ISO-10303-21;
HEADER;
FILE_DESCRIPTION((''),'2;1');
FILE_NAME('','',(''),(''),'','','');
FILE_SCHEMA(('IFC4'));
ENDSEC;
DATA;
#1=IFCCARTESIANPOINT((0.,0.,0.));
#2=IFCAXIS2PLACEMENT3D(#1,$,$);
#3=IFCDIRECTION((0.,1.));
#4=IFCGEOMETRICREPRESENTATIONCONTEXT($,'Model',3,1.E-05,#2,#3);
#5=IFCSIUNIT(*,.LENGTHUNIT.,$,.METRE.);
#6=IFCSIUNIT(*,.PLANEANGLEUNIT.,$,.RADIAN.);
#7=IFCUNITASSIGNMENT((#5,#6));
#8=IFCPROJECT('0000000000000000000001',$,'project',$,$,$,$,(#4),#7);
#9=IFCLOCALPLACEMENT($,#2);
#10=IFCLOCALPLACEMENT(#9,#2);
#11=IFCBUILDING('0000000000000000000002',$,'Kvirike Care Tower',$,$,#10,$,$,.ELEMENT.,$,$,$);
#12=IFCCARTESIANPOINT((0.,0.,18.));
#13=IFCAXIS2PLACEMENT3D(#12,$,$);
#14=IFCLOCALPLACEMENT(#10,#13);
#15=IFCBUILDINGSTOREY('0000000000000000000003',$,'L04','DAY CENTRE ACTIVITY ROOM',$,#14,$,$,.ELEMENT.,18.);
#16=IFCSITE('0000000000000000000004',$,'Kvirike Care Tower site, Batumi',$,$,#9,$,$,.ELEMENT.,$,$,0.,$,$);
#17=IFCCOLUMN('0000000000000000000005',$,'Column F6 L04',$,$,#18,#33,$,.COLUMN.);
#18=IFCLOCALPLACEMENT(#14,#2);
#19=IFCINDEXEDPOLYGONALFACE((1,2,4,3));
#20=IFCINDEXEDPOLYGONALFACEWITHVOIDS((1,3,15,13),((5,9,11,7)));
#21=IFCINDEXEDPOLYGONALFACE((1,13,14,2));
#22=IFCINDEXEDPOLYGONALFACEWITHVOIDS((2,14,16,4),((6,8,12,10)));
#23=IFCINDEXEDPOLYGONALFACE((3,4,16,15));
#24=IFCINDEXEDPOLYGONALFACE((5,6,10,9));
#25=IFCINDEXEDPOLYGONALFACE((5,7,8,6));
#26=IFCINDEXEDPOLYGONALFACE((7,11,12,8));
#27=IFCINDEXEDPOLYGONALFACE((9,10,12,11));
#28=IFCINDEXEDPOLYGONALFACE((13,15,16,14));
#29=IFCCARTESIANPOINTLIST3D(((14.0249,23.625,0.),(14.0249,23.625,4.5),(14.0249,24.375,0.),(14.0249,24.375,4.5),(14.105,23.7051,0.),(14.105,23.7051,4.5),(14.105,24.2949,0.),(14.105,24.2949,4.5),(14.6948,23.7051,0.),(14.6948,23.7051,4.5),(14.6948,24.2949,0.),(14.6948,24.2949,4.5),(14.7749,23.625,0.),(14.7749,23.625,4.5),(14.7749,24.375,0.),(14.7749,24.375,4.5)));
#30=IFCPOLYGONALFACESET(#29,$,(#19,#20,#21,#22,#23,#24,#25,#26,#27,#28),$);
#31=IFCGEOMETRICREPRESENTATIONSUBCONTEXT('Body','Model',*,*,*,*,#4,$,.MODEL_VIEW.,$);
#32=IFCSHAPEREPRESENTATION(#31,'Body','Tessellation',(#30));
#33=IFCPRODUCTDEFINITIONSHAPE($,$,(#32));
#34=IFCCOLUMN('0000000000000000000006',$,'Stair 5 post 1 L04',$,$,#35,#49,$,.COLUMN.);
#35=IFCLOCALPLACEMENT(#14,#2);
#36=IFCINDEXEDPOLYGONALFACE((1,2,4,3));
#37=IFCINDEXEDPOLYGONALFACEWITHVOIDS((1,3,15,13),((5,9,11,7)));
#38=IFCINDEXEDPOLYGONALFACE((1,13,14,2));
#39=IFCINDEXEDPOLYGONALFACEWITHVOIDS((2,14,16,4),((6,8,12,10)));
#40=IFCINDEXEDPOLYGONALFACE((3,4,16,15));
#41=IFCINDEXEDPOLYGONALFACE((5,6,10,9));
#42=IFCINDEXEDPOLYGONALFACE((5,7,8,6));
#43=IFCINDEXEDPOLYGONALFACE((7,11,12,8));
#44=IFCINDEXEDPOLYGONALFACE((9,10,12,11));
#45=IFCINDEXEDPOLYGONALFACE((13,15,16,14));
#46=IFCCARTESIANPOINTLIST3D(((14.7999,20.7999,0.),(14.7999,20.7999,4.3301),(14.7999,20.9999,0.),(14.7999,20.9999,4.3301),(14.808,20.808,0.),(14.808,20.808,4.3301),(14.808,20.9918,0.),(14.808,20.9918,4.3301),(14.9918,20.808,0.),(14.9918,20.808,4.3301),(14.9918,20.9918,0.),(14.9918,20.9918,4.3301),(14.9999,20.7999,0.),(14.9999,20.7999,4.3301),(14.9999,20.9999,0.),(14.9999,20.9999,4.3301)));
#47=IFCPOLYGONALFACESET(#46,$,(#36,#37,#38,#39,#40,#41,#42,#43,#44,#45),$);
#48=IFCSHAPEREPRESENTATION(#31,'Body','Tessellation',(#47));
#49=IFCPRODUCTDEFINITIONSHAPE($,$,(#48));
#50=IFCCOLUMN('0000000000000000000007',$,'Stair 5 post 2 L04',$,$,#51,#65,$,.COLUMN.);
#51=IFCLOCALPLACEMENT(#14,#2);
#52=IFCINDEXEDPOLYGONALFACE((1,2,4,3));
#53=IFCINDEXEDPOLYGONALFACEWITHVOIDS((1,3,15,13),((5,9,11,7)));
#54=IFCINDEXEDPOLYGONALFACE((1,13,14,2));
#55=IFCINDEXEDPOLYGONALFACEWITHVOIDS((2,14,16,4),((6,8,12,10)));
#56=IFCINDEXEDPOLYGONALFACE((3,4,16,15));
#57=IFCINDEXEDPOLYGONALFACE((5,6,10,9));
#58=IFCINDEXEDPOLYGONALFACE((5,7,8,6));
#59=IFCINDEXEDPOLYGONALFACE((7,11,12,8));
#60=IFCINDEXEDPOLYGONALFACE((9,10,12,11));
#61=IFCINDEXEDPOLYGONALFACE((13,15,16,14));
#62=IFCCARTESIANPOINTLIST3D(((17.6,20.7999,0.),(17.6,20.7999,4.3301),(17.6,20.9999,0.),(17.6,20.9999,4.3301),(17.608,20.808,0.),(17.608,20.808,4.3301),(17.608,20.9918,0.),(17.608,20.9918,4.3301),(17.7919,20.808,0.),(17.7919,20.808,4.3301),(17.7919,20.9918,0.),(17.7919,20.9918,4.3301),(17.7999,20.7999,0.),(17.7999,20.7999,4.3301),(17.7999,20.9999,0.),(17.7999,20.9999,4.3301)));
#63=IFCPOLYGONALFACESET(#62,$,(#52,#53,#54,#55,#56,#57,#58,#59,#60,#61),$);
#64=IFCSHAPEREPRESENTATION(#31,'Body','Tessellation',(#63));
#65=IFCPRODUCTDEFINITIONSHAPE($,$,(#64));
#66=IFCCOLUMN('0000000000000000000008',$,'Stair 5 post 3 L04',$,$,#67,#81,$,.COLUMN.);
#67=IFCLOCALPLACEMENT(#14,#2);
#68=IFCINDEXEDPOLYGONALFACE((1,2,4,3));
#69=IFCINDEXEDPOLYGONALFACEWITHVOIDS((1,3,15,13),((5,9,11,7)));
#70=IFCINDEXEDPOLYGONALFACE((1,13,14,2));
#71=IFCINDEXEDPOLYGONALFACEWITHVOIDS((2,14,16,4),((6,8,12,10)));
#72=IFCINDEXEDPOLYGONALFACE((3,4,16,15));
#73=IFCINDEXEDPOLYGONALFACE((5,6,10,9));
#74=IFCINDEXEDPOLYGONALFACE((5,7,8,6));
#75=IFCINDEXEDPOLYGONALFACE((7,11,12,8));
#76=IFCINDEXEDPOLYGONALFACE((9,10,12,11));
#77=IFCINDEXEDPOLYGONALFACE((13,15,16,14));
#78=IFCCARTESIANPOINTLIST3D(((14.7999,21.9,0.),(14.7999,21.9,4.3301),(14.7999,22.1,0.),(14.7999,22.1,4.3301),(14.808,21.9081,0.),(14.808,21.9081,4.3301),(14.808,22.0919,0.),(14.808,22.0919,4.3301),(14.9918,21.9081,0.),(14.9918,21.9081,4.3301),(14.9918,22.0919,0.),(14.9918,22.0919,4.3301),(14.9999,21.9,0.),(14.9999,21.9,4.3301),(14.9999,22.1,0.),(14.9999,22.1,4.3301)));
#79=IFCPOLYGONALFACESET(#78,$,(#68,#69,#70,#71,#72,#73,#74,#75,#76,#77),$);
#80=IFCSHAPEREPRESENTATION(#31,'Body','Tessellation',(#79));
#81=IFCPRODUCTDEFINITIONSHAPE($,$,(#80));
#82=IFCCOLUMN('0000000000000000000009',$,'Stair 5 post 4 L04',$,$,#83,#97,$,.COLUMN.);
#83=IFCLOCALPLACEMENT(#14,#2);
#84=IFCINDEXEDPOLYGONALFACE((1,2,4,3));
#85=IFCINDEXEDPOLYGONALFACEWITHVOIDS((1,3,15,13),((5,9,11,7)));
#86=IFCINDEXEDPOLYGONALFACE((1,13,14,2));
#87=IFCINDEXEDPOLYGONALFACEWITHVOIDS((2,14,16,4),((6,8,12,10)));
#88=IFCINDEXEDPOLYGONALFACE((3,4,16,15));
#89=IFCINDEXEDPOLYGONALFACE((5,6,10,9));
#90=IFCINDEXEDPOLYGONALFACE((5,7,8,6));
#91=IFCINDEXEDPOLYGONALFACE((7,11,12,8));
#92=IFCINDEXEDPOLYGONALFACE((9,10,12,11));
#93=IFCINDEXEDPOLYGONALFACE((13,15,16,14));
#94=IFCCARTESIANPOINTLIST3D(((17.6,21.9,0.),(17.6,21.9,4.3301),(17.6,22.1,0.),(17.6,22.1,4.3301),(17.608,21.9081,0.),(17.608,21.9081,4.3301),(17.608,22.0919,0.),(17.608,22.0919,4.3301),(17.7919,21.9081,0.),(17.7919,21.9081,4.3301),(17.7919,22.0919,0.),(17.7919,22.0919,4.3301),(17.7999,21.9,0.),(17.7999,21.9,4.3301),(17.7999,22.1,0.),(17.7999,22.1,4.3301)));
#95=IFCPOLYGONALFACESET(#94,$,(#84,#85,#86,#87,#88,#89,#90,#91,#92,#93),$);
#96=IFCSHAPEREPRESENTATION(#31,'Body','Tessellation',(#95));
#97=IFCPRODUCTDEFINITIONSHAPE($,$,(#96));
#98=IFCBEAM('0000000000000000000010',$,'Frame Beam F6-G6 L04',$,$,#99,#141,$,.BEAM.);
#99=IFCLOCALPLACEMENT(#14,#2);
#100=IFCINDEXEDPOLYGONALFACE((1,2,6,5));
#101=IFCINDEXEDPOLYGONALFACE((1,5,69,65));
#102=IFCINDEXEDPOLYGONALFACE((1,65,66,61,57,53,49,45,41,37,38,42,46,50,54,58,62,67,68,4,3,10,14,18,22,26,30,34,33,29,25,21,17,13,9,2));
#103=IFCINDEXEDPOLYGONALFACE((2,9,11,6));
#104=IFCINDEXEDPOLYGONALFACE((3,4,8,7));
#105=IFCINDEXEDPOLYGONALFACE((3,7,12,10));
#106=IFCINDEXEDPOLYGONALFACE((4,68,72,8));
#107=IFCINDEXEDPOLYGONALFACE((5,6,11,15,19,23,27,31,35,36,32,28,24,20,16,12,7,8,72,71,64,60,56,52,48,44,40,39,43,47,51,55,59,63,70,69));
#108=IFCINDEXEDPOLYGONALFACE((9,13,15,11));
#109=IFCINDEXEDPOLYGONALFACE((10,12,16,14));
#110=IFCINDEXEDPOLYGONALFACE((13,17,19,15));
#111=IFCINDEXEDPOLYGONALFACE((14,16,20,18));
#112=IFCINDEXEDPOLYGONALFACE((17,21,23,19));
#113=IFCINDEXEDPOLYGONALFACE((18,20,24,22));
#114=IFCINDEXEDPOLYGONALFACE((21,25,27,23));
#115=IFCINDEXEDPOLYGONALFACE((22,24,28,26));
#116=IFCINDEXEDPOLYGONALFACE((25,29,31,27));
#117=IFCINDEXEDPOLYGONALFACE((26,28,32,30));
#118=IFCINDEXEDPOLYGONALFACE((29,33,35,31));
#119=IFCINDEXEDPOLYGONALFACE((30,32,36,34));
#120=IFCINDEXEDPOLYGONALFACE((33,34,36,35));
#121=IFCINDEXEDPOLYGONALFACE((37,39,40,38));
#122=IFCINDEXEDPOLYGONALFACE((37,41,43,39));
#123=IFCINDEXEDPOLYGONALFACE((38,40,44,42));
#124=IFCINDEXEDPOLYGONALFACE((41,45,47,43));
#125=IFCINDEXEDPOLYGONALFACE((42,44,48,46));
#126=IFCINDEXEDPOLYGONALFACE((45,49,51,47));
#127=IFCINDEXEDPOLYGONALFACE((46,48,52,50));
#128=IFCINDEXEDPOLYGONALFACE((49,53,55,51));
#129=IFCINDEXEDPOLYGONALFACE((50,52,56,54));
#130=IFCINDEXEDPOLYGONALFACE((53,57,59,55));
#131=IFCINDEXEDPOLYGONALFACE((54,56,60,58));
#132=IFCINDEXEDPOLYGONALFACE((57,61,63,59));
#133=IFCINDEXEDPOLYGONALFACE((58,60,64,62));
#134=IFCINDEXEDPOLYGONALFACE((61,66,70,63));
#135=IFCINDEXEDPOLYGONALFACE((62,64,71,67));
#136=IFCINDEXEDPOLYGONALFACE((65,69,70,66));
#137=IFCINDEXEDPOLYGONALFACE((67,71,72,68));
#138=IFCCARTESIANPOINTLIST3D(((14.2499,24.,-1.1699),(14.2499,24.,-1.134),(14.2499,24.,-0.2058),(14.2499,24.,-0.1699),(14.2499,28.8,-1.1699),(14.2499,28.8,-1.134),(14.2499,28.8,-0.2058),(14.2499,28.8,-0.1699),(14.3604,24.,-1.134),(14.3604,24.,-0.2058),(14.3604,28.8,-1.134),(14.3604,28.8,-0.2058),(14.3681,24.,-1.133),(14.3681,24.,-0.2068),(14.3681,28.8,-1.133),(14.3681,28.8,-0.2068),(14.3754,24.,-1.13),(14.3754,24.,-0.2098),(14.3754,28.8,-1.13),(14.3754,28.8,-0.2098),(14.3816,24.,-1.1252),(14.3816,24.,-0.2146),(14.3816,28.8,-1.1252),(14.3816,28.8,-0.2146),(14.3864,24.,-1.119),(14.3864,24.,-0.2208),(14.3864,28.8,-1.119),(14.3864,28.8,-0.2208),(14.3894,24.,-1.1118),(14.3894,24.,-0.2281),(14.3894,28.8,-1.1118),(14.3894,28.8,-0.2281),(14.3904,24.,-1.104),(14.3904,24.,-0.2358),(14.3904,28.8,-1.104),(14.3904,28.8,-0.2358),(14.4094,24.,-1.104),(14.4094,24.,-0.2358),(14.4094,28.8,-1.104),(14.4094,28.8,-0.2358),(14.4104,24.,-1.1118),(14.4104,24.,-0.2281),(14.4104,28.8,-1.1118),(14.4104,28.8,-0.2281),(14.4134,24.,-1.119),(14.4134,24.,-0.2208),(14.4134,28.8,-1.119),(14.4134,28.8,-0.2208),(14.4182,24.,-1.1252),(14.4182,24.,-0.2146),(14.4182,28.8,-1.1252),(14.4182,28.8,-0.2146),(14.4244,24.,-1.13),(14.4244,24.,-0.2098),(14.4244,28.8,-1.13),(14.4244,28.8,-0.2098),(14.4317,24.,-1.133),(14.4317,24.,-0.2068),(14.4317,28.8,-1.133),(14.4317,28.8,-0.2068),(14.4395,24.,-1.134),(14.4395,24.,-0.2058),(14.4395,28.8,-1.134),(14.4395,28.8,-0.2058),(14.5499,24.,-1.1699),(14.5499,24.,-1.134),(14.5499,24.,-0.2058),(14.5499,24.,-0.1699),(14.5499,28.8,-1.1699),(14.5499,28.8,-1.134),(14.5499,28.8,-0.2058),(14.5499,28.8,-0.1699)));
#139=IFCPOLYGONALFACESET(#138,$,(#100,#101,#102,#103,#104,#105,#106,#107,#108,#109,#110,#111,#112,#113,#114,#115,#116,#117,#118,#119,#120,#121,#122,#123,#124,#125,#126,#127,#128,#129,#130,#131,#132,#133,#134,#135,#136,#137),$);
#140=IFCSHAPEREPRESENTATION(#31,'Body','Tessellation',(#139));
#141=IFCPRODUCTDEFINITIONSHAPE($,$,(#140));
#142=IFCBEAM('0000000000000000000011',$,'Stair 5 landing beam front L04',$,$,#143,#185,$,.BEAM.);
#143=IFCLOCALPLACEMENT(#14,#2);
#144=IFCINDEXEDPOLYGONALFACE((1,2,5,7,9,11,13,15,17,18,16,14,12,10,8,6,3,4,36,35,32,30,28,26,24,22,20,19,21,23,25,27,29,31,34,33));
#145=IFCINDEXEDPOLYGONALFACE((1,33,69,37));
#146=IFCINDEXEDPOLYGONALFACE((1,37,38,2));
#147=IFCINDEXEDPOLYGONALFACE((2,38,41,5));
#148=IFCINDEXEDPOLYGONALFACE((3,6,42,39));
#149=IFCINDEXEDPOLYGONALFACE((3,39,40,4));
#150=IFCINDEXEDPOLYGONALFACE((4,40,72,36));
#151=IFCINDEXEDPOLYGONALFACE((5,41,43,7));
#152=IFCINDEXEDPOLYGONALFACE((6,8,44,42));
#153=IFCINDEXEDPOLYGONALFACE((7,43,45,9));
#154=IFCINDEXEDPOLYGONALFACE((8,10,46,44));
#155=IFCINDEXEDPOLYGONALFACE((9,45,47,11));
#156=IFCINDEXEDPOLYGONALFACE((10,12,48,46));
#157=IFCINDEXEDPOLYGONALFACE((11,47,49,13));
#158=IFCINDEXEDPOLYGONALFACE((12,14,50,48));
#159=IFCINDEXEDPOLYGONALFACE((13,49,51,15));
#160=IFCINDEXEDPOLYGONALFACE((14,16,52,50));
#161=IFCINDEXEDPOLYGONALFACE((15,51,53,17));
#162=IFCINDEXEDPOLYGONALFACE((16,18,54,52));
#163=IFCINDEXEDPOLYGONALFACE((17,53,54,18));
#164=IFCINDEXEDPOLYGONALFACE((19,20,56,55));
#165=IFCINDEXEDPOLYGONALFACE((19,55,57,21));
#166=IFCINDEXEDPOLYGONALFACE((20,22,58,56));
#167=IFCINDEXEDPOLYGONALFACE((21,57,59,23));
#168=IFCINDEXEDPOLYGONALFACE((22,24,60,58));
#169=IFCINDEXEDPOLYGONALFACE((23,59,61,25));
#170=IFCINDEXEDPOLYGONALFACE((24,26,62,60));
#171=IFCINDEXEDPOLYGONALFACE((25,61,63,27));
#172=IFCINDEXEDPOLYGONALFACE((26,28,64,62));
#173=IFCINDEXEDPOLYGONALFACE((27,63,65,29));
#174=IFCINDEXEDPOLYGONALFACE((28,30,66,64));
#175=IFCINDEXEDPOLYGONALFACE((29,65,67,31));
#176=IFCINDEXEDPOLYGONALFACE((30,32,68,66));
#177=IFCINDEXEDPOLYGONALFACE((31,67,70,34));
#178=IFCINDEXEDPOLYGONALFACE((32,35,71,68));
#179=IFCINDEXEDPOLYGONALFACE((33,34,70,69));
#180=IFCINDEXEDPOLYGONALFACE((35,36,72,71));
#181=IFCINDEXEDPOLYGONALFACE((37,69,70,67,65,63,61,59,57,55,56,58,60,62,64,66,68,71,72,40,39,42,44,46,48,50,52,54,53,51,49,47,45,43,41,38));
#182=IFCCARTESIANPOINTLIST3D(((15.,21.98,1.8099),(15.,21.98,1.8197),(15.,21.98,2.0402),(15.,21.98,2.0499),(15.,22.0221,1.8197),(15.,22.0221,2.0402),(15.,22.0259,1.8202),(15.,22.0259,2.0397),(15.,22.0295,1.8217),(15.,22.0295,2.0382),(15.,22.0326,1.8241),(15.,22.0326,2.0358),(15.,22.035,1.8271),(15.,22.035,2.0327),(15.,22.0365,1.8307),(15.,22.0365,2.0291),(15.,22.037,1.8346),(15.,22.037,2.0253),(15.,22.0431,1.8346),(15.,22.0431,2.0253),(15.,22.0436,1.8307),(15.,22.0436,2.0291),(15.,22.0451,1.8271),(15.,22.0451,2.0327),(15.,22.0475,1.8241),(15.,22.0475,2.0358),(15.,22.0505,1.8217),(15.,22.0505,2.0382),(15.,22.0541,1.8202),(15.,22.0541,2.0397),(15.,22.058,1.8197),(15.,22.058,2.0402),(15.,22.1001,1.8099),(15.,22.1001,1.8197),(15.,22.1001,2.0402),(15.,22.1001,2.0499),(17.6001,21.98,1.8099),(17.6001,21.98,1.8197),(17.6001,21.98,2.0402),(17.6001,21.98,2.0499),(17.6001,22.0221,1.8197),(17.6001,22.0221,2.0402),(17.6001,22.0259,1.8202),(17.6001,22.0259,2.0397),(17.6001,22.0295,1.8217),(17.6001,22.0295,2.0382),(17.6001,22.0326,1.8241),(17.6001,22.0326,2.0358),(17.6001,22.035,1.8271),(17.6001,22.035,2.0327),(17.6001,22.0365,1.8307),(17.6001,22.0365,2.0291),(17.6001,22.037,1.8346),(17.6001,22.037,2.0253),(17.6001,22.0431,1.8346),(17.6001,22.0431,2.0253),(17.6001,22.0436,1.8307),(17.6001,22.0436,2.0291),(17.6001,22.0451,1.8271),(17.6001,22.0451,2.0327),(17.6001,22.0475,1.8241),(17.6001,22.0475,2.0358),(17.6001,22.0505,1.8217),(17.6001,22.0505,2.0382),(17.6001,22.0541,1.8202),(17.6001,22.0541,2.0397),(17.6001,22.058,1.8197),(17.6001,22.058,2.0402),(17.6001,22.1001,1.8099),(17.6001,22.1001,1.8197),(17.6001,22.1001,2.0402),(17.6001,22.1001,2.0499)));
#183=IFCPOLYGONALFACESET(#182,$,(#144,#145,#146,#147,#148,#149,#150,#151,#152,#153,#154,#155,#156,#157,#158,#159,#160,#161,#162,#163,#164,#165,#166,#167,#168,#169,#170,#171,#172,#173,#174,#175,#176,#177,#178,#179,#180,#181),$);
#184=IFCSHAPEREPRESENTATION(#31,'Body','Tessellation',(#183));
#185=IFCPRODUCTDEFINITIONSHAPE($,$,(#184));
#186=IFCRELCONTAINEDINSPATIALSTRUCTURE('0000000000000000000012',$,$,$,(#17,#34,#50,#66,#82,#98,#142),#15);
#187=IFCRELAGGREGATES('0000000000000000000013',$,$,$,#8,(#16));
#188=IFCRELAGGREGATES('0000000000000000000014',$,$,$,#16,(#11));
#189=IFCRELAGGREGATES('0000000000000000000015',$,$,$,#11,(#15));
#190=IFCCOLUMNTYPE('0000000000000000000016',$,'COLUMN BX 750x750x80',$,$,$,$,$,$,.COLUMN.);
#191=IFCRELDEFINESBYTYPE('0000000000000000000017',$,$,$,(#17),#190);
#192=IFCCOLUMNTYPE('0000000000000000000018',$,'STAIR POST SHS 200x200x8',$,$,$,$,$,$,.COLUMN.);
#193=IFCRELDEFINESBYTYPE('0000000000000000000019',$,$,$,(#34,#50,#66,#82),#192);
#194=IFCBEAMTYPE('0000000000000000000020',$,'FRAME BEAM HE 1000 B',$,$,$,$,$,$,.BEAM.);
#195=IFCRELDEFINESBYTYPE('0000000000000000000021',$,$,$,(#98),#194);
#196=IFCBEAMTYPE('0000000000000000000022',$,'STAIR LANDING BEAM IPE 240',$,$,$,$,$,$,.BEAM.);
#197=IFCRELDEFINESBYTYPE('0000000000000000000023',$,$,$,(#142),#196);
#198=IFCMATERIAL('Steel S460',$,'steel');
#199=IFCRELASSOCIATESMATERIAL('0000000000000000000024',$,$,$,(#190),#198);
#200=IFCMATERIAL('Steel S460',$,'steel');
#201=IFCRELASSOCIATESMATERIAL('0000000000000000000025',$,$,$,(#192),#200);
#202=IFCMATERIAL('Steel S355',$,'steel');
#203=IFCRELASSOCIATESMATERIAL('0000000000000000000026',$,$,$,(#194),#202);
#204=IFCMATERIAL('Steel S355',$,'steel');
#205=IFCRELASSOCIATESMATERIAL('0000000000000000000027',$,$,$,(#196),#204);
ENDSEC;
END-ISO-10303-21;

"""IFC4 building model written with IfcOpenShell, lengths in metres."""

from ifc_helpers import new_model, si_unit, direction, frame, origin, origin_2d, place, context, subcontext, project, spatial, hollow_rectangle, i_section, extrude, material, material_profile, profile_set, type_object, element, save


model = new_model("IFC4")

# Units and contexts
model_context = context("Model", 3, precision=1e-05, world=origin(), true_north=direction((0.0, 1.0)))
body_context = subcontext(model_context, "Body", "Model", "MODEL_VIEW")
ifc_project = project(units=[si_unit("LENGTHUNIT", "METRE"), si_unit("PLANEANGLEUNIT", "RADIAN")], contexts=[model_context])

# Site, building, storey
site_placement = place(None, origin())
site = spatial("IfcSite", under=ifc_project, at=site_placement, Name="Kvirike Care Tower site, Batumi", CompositionType="ELEMENT", RefElevation=0.0)
building_placement = place(site_placement, origin())
building = spatial("IfcBuilding", under=site, at=building_placement, Name="Kvirike Care Tower", CompositionType="ELEMENT")
storey_placement = place(building_placement, frame((0.0, 0.0, 18.0)))
storey = spatial("IfcBuildingStorey", under=building, at=storey_placement, Name="L04", Description="DAY CENTRE ACTIVITY ROOM", CompositionType="ELEMENT", Elevation=18.0)

# Columns
ifc_material_1 = material(Name="Steel S460", Category="steel")
ifc_material_profile_1 = material_profile(ifc_material_1, hollow_rectangle(XDim=0.75, YDim=0.75, WallThickness=0.0801, at=origin_2d()), Name="BX 750x750x80")
ifc_profile_set_1 = profile_set([ifc_material_profile_1], Name="Steel S460")
column_type_1 = type_object("IfcColumnType", Name="COLUMN BX 750x750x80", PredefinedType="COLUMN", material=ifc_profile_set_1)
column_placement = place(storey_placement, frame((14.3999, 24.0, 0.0), z_axis=(0.0, 0.0, 1.0), x_axis=(1.0, 0.0, 0.0)))
element("IfcColumn", 1, at=column_placement, inside=storey, type_object=column_type_1, Name="Column F6 L04", PredefinedType="COLUMN", context=body_context, shape_type="SweptSolid", body=[
    extrude(hollow_rectangle(XDim=0.75, YDim=0.75, WallThickness=0.0801, at=origin_2d()), origin(), (0.0, 0.0, 1.0), 4.5),
])
ifc_material_2 = material(Name="Steel S460", Category="steel")
ifc_material_profile_2 = material_profile(ifc_material_2, hollow_rectangle(XDim=0.2, YDim=0.2, WallThickness=0.0081, at=origin_2d()), Name="SHS 200x200x8")
ifc_profile_set_2 = profile_set([ifc_material_profile_2], Name="Steel S460")
column_type_2 = type_object("IfcColumnType", Name="STAIR POST SHS 200x200x8", PredefinedType="COLUMN", material=ifc_profile_set_2)
for number, where, z_axis, x_axis, name in (
    (2, (14.8999, 20.8999, 0.0), (0.0, 0.0, 1.0), (1.0, 0.0, 0.0), "Stair 5 post 1 L04"),
    (3, (17.7, 20.8999, 0.0), (0.0, 0.0, 1.0), (1.0, 0.0, 0.0), "Stair 5 post 2 L04"),
    (4, (14.8999, 22.0, 0.0), (0.0, 0.0, 1.0), (1.0, 0.0, 0.0), "Stair 5 post 3 L04"),
    (5, (17.7, 22.0, 0.0), (0.0, 0.0, 1.0), (1.0, 0.0, 0.0), "Stair 5 post 4 L04"),
):
    element("IfcColumn", number, at=place(storey_placement, frame(where, z_axis=z_axis, x_axis=x_axis)), inside=storey, type_object=column_type_2, Name=name, PredefinedType="COLUMN", context=body_context, shape_type="SweptSolid", body=[
        extrude(hollow_rectangle(XDim=0.2, YDim=0.2, WallThickness=0.0081, at=origin_2d()), origin(), (0.0, 0.0, 1.0), 4.3301),
    ])

# Beams
ifc_material_3 = material(Name="Steel S355", Category="steel")
ifc_material_profile_3 = material_profile(ifc_material_3, i_section(OverallWidth=0.3, OverallDepth=1.0, WebThickness=0.019, FlangeThickness=0.0359, FilletRadius=0.03, at=origin_2d()), Name="HE 1000 B")
ifc_profile_set_3 = profile_set([ifc_material_profile_3], Name="Steel S355")
beam_type_1 = type_object("IfcBeamType", Name="FRAME BEAM HE 1000 B", PredefinedType="BEAM", material=ifc_profile_set_3)
beam_1_placement = place(storey_placement, frame((14.3999, 24.0, -0.6699), z_axis=(0.0, 1.0, 0.0), x_axis=(-1.0, 0.0, 0.0)))
element("IfcBeam", 6, at=beam_1_placement, inside=storey, type_object=beam_type_1, Name="Frame Beam F6-G6 L04", PredefinedType="BEAM", context=body_context, shape_type="SweptSolid", body=[
    extrude(i_section(OverallWidth=0.3, OverallDepth=1.0, WebThickness=0.019, FlangeThickness=0.0359, FilletRadius=0.03, at=origin_2d()), origin(), (0.0, 0.0, 1.0), 4.8),
])
ifc_material_4 = material(Name="Steel S355", Category="steel")
ifc_material_profile_4 = material_profile(ifc_material_4, i_section(OverallWidth=0.1201, OverallDepth=0.24, WebThickness=0.0061, FlangeThickness=0.0098, FilletRadius=0.0149, at=origin_2d()), Name="IPE 240")
ifc_profile_set_4 = profile_set([ifc_material_profile_4], Name="Steel S355")
beam_type_2 = type_object("IfcBeamType", Name="STAIR LANDING BEAM IPE 240", PredefinedType="BEAM", material=ifc_profile_set_4)
beam_2_placement = place(storey_placement, frame((15.0, 22.04, 1.9299), z_axis=(1.0, 0.0, 0.0), x_axis=(0.0, 1.0, 0.0)))
element("IfcBeam", 7, at=beam_2_placement, inside=storey, type_object=beam_type_2, Name="Stair 5 landing beam front L04", PredefinedType="BEAM", context=body_context, shape_type="SweptSolid", body=[
    extrude(i_section(OverallWidth=0.1201, OverallDepth=0.24, WebThickness=0.0061, FlangeThickness=0.0098, FilletRadius=0.0149, at=origin_2d()), origin(), (0.0, 0.0, 1.0), 2.6001),
])

save(model, "model.ifc")
